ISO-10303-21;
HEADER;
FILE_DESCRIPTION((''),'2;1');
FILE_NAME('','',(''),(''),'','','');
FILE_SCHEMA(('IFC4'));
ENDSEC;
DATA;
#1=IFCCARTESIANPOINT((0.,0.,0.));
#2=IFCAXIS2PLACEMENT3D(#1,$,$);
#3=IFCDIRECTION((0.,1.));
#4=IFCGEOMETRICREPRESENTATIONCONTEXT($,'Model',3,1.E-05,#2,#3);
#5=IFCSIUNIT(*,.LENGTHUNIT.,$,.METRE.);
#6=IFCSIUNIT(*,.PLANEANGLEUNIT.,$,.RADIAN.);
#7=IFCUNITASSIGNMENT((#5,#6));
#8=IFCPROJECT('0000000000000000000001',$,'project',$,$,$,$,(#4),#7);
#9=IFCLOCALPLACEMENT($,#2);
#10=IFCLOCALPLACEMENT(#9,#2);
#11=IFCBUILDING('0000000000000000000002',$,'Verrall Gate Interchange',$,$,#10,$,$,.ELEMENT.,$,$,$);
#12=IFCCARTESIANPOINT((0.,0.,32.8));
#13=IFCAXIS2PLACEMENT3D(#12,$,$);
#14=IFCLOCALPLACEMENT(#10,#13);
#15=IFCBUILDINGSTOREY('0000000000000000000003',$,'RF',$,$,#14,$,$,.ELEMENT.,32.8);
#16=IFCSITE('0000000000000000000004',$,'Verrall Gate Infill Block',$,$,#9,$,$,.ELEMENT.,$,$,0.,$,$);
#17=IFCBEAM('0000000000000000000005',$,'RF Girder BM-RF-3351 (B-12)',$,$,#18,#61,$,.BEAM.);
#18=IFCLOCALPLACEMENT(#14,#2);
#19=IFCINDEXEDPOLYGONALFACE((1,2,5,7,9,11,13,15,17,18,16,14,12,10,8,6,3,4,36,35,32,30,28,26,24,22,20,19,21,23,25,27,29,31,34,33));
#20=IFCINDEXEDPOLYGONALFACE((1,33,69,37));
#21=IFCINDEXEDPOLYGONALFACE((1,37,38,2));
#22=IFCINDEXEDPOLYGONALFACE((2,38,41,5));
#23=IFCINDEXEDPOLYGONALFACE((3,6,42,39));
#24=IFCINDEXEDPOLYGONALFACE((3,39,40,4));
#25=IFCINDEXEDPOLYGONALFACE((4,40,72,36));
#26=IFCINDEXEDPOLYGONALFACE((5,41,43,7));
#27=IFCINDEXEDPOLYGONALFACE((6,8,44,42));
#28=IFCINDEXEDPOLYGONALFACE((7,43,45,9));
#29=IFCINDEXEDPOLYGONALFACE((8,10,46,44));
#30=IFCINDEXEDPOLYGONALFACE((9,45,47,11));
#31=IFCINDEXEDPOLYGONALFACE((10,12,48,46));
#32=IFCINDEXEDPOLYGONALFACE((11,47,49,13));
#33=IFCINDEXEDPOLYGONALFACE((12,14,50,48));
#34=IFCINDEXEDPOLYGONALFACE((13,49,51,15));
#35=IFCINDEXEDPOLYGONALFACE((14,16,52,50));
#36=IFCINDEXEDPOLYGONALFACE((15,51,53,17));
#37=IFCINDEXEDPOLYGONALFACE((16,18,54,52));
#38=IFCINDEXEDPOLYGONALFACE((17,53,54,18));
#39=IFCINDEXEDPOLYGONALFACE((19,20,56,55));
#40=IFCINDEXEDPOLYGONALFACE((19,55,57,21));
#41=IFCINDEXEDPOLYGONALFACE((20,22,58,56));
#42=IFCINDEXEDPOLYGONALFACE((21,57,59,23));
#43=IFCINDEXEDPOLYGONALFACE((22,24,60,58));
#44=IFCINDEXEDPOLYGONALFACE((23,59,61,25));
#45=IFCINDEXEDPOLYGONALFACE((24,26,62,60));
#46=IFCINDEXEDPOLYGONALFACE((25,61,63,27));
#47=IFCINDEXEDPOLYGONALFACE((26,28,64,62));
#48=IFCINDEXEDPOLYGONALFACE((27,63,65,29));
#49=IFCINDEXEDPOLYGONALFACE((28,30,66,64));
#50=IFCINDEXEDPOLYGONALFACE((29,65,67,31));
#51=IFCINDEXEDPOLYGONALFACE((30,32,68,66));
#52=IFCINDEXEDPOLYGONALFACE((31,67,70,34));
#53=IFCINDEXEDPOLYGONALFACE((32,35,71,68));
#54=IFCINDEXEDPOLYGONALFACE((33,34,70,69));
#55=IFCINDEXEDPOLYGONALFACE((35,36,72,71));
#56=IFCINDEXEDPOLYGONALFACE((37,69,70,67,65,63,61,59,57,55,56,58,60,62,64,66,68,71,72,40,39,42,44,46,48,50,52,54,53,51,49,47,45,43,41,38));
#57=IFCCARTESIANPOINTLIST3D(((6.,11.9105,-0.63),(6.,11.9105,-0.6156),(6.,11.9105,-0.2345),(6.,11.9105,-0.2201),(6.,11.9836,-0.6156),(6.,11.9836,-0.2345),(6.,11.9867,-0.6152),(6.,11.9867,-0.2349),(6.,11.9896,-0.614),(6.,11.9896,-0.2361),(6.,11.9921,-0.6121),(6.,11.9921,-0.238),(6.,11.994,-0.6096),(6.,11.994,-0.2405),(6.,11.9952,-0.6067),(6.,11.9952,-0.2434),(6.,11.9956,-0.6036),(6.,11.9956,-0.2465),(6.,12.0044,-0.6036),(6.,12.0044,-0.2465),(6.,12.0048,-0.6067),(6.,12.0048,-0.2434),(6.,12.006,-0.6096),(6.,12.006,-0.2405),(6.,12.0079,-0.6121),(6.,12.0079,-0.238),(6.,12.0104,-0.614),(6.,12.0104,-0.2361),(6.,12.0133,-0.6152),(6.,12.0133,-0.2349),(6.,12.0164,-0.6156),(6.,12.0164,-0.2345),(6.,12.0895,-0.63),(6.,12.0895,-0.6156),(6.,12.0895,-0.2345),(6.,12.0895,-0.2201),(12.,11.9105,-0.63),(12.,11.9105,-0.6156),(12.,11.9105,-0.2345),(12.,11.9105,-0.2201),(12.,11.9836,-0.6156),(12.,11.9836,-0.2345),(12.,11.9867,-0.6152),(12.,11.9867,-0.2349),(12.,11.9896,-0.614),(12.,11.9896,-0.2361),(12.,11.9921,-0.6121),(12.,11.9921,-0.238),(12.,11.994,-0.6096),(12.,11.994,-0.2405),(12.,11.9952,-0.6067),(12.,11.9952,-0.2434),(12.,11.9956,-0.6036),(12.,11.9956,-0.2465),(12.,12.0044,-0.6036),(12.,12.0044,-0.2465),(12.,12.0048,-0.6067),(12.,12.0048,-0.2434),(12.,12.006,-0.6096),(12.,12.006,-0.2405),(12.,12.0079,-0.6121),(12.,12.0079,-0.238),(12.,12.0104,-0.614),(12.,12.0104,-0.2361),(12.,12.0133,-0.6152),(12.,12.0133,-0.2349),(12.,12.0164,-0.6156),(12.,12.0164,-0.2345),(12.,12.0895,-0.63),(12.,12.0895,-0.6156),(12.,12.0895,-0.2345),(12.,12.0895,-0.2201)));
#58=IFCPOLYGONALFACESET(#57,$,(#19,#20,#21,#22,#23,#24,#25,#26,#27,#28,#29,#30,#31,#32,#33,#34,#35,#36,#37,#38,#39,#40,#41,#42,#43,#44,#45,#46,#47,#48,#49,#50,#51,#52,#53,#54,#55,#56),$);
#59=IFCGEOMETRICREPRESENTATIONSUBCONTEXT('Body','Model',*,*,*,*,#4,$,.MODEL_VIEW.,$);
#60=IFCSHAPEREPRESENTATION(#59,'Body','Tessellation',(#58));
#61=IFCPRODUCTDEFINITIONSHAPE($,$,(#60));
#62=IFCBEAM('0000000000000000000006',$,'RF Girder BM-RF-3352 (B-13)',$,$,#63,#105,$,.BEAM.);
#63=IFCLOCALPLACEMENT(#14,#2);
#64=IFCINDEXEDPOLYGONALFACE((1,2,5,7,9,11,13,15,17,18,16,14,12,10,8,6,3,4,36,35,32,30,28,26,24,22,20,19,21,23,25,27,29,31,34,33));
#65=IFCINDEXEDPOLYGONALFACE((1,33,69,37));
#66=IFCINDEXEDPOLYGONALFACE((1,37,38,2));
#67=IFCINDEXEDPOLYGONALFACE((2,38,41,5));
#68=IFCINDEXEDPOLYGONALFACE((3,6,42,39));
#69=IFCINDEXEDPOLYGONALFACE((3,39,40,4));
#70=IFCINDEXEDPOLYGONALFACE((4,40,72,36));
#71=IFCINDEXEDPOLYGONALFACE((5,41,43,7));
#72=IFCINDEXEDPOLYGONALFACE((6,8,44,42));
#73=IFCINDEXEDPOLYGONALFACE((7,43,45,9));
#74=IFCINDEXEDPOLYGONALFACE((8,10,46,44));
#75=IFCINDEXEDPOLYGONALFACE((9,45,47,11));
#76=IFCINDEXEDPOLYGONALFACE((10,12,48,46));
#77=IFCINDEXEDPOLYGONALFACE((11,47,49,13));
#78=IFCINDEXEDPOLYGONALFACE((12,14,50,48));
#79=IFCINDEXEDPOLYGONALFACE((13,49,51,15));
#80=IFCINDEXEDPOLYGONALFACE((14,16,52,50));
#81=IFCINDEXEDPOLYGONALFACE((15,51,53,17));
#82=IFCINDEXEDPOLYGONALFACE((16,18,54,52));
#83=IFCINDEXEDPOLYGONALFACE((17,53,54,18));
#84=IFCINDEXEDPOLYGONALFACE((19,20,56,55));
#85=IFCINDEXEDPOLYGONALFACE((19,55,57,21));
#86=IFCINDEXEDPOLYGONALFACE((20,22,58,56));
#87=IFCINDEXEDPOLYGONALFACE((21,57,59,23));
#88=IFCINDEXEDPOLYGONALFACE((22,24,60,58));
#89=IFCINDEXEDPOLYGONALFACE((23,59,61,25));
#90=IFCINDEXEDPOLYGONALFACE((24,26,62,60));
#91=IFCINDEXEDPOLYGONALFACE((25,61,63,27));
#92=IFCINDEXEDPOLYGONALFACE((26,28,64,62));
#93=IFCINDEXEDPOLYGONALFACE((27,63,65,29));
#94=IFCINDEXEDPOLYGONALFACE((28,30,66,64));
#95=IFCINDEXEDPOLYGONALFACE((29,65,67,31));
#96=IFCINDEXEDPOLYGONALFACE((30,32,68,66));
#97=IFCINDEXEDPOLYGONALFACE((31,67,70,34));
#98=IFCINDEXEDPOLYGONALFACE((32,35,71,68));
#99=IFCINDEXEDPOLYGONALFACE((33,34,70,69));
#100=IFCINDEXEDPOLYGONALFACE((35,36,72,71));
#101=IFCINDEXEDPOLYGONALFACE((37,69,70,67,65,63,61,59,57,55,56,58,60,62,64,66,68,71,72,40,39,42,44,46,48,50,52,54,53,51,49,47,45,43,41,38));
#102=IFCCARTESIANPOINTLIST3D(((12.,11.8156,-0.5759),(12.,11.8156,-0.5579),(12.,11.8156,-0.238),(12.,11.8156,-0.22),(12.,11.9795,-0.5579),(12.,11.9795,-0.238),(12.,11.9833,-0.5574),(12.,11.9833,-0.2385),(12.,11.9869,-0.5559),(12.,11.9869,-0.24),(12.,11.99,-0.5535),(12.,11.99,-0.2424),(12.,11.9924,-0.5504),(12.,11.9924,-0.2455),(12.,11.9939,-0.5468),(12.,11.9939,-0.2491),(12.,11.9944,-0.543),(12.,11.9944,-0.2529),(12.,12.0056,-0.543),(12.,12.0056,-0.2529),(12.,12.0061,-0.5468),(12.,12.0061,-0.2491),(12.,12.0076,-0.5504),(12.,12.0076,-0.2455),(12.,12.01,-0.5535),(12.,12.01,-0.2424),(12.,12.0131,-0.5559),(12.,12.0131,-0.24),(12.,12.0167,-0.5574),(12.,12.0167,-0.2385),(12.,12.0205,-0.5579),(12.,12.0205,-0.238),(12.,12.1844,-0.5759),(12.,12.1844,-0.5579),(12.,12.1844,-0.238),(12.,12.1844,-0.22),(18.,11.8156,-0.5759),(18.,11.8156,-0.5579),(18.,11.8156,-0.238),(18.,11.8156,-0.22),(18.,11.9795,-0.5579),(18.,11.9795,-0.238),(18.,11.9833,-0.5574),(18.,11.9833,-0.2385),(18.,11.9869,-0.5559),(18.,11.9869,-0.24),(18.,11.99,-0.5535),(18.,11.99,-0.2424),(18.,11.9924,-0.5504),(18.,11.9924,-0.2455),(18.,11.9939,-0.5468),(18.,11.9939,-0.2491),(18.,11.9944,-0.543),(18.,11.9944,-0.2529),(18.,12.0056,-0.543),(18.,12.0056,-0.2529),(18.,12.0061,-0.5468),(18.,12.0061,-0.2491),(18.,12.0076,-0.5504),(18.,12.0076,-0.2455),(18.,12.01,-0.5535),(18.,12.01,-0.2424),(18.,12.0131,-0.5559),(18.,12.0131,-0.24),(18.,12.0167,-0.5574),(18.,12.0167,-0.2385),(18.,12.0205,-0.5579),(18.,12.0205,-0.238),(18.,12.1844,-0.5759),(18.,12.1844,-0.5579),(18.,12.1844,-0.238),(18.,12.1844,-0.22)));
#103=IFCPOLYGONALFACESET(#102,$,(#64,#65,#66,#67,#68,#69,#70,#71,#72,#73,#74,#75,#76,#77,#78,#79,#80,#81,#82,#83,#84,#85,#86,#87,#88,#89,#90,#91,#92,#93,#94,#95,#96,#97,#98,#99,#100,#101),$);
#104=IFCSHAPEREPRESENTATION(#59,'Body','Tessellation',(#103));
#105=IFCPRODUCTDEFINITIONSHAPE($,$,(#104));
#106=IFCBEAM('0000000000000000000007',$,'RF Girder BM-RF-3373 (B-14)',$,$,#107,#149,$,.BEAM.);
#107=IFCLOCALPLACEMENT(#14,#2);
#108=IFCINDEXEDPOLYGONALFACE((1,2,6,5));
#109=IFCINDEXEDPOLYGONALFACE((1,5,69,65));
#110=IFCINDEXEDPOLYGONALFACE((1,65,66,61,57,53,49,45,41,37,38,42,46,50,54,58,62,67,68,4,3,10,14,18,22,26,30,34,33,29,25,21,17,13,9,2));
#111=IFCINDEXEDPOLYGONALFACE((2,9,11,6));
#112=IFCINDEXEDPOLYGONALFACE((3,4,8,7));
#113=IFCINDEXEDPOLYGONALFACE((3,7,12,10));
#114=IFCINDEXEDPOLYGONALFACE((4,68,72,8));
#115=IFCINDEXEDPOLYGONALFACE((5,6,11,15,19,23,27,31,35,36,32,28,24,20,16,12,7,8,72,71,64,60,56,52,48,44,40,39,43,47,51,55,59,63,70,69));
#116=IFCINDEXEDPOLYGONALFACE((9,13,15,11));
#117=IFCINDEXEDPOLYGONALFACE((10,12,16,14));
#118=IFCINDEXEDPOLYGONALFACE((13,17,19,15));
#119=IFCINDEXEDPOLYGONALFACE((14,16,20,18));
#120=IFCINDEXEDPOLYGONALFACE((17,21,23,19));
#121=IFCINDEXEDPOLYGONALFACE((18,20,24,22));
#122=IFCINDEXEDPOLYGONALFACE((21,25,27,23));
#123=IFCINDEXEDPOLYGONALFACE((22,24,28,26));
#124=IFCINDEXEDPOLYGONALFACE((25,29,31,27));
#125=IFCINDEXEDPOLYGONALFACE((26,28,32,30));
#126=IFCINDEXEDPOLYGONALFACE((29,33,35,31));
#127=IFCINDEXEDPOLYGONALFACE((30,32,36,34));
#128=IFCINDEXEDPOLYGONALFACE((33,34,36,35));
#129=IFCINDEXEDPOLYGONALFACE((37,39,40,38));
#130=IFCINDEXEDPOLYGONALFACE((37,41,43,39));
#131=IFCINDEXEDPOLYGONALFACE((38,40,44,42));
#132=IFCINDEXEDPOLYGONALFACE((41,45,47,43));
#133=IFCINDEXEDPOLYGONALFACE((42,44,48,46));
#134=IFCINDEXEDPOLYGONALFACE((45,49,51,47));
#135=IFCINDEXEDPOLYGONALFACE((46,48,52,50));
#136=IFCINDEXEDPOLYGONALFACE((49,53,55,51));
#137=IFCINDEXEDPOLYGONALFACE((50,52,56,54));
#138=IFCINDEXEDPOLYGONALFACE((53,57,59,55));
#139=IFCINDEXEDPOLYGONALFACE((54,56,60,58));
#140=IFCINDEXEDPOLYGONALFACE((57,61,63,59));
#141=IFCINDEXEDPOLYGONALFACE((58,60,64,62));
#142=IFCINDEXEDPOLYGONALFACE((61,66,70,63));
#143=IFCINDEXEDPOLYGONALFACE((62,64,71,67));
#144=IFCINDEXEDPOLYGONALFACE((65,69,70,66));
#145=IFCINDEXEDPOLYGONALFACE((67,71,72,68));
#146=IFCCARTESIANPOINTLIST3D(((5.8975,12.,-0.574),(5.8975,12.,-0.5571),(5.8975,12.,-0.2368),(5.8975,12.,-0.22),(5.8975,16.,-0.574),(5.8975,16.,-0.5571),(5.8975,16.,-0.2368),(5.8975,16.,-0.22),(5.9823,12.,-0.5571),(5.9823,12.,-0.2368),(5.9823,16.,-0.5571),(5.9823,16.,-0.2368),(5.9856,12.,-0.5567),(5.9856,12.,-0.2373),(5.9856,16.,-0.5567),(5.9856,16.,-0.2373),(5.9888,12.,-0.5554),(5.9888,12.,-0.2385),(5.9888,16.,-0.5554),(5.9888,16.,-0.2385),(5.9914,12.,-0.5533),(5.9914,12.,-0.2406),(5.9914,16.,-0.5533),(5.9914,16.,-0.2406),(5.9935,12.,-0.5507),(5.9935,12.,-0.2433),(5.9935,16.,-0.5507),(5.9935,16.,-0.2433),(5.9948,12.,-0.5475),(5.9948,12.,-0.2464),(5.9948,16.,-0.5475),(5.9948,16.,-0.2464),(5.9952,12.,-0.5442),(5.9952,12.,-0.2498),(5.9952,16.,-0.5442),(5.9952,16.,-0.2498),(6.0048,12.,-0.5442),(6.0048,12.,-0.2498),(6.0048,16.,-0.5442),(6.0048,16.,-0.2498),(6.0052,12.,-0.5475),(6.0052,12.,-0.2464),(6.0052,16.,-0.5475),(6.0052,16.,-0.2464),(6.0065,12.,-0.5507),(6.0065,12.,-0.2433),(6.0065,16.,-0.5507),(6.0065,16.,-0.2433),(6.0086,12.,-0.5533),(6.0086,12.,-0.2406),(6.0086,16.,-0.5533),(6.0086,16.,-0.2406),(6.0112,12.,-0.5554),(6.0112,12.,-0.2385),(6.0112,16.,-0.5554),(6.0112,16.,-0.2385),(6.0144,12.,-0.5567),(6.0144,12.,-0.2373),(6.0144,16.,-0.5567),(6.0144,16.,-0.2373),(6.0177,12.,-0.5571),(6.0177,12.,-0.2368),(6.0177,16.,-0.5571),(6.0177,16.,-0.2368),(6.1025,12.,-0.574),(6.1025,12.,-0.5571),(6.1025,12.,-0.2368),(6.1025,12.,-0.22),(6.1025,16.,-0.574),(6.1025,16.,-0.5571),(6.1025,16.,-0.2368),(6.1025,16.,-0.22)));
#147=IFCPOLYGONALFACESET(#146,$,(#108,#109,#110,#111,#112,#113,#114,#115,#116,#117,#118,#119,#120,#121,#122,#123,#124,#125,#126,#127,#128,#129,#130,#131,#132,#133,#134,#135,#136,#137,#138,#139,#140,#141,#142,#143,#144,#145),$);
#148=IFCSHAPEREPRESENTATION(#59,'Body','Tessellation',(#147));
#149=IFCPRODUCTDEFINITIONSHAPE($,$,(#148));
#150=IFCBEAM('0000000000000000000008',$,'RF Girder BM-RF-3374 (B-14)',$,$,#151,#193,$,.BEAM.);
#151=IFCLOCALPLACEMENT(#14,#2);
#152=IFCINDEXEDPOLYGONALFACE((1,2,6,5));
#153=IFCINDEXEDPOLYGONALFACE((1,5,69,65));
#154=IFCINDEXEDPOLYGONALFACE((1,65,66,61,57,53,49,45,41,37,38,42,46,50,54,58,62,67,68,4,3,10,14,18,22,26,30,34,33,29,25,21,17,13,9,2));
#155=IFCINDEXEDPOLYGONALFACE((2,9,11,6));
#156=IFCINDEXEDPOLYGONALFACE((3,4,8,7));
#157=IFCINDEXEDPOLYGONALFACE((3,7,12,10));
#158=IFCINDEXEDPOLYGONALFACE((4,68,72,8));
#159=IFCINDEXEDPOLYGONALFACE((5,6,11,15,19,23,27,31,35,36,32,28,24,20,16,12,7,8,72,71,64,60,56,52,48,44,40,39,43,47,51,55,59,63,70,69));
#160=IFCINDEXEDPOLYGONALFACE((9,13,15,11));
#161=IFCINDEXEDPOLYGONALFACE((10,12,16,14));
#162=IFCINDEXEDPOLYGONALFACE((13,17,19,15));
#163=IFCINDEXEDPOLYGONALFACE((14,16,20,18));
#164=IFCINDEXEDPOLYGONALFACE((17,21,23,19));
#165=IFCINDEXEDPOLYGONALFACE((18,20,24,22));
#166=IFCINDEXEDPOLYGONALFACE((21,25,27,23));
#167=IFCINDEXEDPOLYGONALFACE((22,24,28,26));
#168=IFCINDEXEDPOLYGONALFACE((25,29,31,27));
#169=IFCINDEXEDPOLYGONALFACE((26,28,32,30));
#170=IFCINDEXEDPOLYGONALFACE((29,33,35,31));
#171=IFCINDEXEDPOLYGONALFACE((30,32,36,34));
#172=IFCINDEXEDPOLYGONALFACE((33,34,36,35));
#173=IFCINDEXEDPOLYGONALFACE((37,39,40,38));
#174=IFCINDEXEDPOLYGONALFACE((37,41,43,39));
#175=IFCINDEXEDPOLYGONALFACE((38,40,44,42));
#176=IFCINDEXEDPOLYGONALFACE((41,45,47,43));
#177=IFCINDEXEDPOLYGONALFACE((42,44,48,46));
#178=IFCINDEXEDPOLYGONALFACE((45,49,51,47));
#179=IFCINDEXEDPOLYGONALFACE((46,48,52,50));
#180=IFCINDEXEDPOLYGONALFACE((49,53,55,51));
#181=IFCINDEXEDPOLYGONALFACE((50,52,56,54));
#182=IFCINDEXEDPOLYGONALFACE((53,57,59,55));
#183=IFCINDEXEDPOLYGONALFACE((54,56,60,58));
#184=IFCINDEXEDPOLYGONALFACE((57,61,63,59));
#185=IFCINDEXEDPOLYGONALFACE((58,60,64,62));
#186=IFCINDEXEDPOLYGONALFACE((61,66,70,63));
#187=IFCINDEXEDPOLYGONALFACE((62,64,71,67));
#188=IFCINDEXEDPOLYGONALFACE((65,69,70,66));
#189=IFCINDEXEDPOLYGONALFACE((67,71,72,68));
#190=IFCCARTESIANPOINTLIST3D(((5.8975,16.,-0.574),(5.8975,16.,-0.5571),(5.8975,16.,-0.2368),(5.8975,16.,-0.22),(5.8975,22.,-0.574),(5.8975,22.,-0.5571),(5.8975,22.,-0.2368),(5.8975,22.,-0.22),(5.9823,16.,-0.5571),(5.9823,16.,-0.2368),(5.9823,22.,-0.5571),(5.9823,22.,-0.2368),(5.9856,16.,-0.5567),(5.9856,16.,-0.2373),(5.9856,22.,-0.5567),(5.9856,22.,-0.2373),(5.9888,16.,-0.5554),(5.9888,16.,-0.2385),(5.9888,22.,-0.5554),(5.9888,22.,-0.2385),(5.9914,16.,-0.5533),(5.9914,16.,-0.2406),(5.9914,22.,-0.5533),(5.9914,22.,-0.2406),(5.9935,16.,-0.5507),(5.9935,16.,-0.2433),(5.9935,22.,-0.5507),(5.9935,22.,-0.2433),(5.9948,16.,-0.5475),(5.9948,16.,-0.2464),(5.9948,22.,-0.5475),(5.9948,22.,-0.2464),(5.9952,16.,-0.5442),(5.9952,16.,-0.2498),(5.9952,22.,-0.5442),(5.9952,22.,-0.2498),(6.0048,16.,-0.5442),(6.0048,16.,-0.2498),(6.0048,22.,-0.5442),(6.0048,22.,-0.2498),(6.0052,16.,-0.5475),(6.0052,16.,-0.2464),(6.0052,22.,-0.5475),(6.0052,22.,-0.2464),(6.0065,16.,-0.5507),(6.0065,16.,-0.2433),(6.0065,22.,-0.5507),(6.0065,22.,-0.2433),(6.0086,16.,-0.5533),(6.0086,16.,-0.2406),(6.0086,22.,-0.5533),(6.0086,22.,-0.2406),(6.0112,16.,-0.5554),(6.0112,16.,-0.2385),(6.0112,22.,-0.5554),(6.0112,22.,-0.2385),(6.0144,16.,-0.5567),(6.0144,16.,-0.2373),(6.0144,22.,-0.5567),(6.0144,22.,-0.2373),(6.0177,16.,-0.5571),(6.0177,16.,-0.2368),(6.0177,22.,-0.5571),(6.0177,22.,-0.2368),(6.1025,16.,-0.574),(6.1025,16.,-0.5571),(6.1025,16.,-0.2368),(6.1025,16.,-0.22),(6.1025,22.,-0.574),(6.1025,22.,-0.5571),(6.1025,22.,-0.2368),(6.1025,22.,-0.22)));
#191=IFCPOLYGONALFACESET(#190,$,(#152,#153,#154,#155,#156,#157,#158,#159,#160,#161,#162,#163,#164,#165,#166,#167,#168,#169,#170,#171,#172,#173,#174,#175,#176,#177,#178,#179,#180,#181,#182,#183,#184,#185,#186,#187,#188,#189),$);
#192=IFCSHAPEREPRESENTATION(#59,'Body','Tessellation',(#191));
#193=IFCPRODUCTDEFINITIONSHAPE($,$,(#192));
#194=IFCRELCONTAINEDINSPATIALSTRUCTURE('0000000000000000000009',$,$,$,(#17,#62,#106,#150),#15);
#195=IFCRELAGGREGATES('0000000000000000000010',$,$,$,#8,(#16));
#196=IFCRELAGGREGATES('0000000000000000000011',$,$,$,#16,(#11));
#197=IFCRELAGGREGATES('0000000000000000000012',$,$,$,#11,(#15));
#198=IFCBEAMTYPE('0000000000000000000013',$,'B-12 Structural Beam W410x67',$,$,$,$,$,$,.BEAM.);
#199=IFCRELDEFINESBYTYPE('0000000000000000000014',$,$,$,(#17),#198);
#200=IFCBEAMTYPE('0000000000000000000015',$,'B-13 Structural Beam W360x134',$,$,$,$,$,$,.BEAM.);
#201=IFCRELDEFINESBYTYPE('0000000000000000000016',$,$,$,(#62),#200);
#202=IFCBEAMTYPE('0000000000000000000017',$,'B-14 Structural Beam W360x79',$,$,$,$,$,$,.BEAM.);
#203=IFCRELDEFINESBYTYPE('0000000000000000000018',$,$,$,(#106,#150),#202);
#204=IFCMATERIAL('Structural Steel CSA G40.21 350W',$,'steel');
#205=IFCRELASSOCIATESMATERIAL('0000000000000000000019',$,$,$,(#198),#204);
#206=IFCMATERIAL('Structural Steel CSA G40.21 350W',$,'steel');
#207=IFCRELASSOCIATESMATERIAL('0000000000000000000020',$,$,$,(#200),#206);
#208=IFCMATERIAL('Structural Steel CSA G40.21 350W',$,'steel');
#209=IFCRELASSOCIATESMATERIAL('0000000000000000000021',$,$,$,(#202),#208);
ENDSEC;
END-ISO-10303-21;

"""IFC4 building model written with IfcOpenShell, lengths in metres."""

from ifc_helpers import new_model, si_unit, direction, frame, origin, origin_2d, place, context, subcontext, project, spatial, i_section, extrude, material, material_profile, profile_set, type_object, element, save


model = new_model("IFC4")

# Units and contexts
model_context = context("Model", 3, precision=1e-05, world=origin(), true_north=direction((0.0, 1.0)))
body_context = subcontext(model_context, "Body", "Model", "MODEL_VIEW")
ifc_project = project(units=[si_unit("LENGTHUNIT", "METRE"), si_unit("PLANEANGLEUNIT", "RADIAN")], contexts=[model_context])

# Site, building, storey
site_placement = place(None, origin())
site = spatial("IfcSite", under=ifc_project, at=site_placement, Name="Verrall Gate Infill Block", CompositionType="ELEMENT", RefElevation=0.0)
building_placement = place(site_placement, origin())
building = spatial("IfcBuilding", under=site, at=building_placement, Name="Verrall Gate Interchange", CompositionType="ELEMENT")
storey_placement = place(building_placement, frame((0.0, 0.0, 32.8)))
storey = spatial("IfcBuildingStorey", under=building, at=storey_placement, Name="RF", CompositionType="ELEMENT", Elevation=32.8)

# Beams
ifc_material_1 = material(Name="Structural Steel CSA G40.21 350W", Category="steel")
ifc_material_profile_1 = material_profile(ifc_material_1, i_section(OverallWidth=0.179, OverallDepth=0.4099, WebThickness=0.0088, FlangeThickness=0.0144, FilletRadius=0.012, at=origin_2d()), Name="W410x67")
ifc_profile_set_1 = profile_set([ifc_material_profile_1], Name="Structural Steel CSA G40.21 350W")
beam_type_1 = type_object("IfcBeamType", Name="B-12 Structural Beam W410x67", PredefinedType="BEAM", material=ifc_profile_set_1)
beam_1_placement = place(storey_placement, frame((6.0, 12.0, -0.425), z_axis=(1.0, 0.0, 0.0), x_axis=(0.0, 1.0, 0.0)))
element("IfcBeam", 1, at=beam_1_placement, inside=storey, type_object=beam_type_1, Name="RF Girder BM-RF-3351 (B-12)", PredefinedType="BEAM", context=body_context, shape_type="SweptSolid", body=[
    extrude(i_section(OverallWidth=0.179, OverallDepth=0.4099, WebThickness=0.0088, FlangeThickness=0.0144, FilletRadius=0.012, at=origin_2d()), origin(), (0.0, 0.0, 1.0), 6.0),
])
ifc_material_2 = material(Name="Structural Steel CSA G40.21 350W", Category="steel")
ifc_material_profile_2 = material_profile(ifc_material_2, i_section(OverallWidth=0.3689, OverallDepth=0.356, WebThickness=0.0112, FlangeThickness=0.0181, FilletRadius=0.0149, at=origin_2d()), Name="W360x134")
ifc_profile_set_2 = profile_set([ifc_material_profile_2], Name="Structural Steel CSA G40.21 350W")
beam_type_2 = type_object("IfcBeamType", Name="B-13 Structural Beam W360x134", PredefinedType="BEAM", material=ifc_profile_set_2)
beam_2_placement = place(storey_placement, frame((12.0, 12.0, -0.3979), z_axis=(1.0, 0.0, 0.0), x_axis=(0.0, 1.0, 0.0)))
element("IfcBeam", 2, at=beam_2_placement, inside=storey, type_object=beam_type_2, Name="RF Girder BM-RF-3352 (B-13)", PredefinedType="BEAM", context=body_context, shape_type="SweptSolid", body=[
    extrude(i_section(OverallWidth=0.3689, OverallDepth=0.356, WebThickness=0.0112, FlangeThickness=0.0181, FilletRadius=0.0149, at=origin_2d()), origin(), (0.0, 0.0, 1.0), 6.0),
])
ifc_material_3 = material(Name="Structural Steel CSA G40.21 350W", Category="steel")
ifc_material_profile_3 = material_profile(ifc_material_3, i_section(OverallWidth=0.2051, OverallDepth=0.354, WebThickness=0.0095, FlangeThickness=0.0168, FilletRadius=0.0129, at=origin_2d()), Name="W360x79")
ifc_profile_set_3 = profile_set([ifc_material_profile_3], Name="Structural Steel CSA G40.21 350W")
beam_type_3 = type_object("IfcBeamType", Name="B-14 Structural Beam W360x79", PredefinedType="BEAM", material=ifc_profile_set_3)
beam_3_placement = place(storey_placement, frame((6.0, 12.0, -0.397), z_axis=(0.0, 1.0, 0.0), x_axis=(-1.0, 0.0, 0.0)))
element("IfcBeam", 3, at=beam_3_placement, inside=storey, type_object=beam_type_3, Name="RF Girder BM-RF-3373 (B-14)", PredefinedType="BEAM", context=body_context, shape_type="SweptSolid", body=[
    extrude(i_section(OverallWidth=0.2051, OverallDepth=0.354, WebThickness=0.0095, FlangeThickness=0.0168, FilletRadius=0.0129, at=origin_2d()), origin(), (0.0, 0.0, 1.0), 4.0),
])
beam_4_placement = place(storey_placement, frame((6.0, 16.0, -0.397), z_axis=(0.0, 1.0, 0.0), x_axis=(-1.0, 0.0, 0.0)))
element("IfcBeam", 4, at=beam_4_placement, inside=storey, type_object=beam_type_3, Name="RF Girder BM-RF-3374 (B-14)", PredefinedType="BEAM", context=body_context, shape_type="SweptSolid", body=[
    extrude(i_section(OverallWidth=0.2051, OverallDepth=0.354, WebThickness=0.0095, FlangeThickness=0.0168, FilletRadius=0.0129, at=origin_2d()), origin(), (0.0, 0.0, 1.0), 6.0),
])

save(model, "model.ifc")
